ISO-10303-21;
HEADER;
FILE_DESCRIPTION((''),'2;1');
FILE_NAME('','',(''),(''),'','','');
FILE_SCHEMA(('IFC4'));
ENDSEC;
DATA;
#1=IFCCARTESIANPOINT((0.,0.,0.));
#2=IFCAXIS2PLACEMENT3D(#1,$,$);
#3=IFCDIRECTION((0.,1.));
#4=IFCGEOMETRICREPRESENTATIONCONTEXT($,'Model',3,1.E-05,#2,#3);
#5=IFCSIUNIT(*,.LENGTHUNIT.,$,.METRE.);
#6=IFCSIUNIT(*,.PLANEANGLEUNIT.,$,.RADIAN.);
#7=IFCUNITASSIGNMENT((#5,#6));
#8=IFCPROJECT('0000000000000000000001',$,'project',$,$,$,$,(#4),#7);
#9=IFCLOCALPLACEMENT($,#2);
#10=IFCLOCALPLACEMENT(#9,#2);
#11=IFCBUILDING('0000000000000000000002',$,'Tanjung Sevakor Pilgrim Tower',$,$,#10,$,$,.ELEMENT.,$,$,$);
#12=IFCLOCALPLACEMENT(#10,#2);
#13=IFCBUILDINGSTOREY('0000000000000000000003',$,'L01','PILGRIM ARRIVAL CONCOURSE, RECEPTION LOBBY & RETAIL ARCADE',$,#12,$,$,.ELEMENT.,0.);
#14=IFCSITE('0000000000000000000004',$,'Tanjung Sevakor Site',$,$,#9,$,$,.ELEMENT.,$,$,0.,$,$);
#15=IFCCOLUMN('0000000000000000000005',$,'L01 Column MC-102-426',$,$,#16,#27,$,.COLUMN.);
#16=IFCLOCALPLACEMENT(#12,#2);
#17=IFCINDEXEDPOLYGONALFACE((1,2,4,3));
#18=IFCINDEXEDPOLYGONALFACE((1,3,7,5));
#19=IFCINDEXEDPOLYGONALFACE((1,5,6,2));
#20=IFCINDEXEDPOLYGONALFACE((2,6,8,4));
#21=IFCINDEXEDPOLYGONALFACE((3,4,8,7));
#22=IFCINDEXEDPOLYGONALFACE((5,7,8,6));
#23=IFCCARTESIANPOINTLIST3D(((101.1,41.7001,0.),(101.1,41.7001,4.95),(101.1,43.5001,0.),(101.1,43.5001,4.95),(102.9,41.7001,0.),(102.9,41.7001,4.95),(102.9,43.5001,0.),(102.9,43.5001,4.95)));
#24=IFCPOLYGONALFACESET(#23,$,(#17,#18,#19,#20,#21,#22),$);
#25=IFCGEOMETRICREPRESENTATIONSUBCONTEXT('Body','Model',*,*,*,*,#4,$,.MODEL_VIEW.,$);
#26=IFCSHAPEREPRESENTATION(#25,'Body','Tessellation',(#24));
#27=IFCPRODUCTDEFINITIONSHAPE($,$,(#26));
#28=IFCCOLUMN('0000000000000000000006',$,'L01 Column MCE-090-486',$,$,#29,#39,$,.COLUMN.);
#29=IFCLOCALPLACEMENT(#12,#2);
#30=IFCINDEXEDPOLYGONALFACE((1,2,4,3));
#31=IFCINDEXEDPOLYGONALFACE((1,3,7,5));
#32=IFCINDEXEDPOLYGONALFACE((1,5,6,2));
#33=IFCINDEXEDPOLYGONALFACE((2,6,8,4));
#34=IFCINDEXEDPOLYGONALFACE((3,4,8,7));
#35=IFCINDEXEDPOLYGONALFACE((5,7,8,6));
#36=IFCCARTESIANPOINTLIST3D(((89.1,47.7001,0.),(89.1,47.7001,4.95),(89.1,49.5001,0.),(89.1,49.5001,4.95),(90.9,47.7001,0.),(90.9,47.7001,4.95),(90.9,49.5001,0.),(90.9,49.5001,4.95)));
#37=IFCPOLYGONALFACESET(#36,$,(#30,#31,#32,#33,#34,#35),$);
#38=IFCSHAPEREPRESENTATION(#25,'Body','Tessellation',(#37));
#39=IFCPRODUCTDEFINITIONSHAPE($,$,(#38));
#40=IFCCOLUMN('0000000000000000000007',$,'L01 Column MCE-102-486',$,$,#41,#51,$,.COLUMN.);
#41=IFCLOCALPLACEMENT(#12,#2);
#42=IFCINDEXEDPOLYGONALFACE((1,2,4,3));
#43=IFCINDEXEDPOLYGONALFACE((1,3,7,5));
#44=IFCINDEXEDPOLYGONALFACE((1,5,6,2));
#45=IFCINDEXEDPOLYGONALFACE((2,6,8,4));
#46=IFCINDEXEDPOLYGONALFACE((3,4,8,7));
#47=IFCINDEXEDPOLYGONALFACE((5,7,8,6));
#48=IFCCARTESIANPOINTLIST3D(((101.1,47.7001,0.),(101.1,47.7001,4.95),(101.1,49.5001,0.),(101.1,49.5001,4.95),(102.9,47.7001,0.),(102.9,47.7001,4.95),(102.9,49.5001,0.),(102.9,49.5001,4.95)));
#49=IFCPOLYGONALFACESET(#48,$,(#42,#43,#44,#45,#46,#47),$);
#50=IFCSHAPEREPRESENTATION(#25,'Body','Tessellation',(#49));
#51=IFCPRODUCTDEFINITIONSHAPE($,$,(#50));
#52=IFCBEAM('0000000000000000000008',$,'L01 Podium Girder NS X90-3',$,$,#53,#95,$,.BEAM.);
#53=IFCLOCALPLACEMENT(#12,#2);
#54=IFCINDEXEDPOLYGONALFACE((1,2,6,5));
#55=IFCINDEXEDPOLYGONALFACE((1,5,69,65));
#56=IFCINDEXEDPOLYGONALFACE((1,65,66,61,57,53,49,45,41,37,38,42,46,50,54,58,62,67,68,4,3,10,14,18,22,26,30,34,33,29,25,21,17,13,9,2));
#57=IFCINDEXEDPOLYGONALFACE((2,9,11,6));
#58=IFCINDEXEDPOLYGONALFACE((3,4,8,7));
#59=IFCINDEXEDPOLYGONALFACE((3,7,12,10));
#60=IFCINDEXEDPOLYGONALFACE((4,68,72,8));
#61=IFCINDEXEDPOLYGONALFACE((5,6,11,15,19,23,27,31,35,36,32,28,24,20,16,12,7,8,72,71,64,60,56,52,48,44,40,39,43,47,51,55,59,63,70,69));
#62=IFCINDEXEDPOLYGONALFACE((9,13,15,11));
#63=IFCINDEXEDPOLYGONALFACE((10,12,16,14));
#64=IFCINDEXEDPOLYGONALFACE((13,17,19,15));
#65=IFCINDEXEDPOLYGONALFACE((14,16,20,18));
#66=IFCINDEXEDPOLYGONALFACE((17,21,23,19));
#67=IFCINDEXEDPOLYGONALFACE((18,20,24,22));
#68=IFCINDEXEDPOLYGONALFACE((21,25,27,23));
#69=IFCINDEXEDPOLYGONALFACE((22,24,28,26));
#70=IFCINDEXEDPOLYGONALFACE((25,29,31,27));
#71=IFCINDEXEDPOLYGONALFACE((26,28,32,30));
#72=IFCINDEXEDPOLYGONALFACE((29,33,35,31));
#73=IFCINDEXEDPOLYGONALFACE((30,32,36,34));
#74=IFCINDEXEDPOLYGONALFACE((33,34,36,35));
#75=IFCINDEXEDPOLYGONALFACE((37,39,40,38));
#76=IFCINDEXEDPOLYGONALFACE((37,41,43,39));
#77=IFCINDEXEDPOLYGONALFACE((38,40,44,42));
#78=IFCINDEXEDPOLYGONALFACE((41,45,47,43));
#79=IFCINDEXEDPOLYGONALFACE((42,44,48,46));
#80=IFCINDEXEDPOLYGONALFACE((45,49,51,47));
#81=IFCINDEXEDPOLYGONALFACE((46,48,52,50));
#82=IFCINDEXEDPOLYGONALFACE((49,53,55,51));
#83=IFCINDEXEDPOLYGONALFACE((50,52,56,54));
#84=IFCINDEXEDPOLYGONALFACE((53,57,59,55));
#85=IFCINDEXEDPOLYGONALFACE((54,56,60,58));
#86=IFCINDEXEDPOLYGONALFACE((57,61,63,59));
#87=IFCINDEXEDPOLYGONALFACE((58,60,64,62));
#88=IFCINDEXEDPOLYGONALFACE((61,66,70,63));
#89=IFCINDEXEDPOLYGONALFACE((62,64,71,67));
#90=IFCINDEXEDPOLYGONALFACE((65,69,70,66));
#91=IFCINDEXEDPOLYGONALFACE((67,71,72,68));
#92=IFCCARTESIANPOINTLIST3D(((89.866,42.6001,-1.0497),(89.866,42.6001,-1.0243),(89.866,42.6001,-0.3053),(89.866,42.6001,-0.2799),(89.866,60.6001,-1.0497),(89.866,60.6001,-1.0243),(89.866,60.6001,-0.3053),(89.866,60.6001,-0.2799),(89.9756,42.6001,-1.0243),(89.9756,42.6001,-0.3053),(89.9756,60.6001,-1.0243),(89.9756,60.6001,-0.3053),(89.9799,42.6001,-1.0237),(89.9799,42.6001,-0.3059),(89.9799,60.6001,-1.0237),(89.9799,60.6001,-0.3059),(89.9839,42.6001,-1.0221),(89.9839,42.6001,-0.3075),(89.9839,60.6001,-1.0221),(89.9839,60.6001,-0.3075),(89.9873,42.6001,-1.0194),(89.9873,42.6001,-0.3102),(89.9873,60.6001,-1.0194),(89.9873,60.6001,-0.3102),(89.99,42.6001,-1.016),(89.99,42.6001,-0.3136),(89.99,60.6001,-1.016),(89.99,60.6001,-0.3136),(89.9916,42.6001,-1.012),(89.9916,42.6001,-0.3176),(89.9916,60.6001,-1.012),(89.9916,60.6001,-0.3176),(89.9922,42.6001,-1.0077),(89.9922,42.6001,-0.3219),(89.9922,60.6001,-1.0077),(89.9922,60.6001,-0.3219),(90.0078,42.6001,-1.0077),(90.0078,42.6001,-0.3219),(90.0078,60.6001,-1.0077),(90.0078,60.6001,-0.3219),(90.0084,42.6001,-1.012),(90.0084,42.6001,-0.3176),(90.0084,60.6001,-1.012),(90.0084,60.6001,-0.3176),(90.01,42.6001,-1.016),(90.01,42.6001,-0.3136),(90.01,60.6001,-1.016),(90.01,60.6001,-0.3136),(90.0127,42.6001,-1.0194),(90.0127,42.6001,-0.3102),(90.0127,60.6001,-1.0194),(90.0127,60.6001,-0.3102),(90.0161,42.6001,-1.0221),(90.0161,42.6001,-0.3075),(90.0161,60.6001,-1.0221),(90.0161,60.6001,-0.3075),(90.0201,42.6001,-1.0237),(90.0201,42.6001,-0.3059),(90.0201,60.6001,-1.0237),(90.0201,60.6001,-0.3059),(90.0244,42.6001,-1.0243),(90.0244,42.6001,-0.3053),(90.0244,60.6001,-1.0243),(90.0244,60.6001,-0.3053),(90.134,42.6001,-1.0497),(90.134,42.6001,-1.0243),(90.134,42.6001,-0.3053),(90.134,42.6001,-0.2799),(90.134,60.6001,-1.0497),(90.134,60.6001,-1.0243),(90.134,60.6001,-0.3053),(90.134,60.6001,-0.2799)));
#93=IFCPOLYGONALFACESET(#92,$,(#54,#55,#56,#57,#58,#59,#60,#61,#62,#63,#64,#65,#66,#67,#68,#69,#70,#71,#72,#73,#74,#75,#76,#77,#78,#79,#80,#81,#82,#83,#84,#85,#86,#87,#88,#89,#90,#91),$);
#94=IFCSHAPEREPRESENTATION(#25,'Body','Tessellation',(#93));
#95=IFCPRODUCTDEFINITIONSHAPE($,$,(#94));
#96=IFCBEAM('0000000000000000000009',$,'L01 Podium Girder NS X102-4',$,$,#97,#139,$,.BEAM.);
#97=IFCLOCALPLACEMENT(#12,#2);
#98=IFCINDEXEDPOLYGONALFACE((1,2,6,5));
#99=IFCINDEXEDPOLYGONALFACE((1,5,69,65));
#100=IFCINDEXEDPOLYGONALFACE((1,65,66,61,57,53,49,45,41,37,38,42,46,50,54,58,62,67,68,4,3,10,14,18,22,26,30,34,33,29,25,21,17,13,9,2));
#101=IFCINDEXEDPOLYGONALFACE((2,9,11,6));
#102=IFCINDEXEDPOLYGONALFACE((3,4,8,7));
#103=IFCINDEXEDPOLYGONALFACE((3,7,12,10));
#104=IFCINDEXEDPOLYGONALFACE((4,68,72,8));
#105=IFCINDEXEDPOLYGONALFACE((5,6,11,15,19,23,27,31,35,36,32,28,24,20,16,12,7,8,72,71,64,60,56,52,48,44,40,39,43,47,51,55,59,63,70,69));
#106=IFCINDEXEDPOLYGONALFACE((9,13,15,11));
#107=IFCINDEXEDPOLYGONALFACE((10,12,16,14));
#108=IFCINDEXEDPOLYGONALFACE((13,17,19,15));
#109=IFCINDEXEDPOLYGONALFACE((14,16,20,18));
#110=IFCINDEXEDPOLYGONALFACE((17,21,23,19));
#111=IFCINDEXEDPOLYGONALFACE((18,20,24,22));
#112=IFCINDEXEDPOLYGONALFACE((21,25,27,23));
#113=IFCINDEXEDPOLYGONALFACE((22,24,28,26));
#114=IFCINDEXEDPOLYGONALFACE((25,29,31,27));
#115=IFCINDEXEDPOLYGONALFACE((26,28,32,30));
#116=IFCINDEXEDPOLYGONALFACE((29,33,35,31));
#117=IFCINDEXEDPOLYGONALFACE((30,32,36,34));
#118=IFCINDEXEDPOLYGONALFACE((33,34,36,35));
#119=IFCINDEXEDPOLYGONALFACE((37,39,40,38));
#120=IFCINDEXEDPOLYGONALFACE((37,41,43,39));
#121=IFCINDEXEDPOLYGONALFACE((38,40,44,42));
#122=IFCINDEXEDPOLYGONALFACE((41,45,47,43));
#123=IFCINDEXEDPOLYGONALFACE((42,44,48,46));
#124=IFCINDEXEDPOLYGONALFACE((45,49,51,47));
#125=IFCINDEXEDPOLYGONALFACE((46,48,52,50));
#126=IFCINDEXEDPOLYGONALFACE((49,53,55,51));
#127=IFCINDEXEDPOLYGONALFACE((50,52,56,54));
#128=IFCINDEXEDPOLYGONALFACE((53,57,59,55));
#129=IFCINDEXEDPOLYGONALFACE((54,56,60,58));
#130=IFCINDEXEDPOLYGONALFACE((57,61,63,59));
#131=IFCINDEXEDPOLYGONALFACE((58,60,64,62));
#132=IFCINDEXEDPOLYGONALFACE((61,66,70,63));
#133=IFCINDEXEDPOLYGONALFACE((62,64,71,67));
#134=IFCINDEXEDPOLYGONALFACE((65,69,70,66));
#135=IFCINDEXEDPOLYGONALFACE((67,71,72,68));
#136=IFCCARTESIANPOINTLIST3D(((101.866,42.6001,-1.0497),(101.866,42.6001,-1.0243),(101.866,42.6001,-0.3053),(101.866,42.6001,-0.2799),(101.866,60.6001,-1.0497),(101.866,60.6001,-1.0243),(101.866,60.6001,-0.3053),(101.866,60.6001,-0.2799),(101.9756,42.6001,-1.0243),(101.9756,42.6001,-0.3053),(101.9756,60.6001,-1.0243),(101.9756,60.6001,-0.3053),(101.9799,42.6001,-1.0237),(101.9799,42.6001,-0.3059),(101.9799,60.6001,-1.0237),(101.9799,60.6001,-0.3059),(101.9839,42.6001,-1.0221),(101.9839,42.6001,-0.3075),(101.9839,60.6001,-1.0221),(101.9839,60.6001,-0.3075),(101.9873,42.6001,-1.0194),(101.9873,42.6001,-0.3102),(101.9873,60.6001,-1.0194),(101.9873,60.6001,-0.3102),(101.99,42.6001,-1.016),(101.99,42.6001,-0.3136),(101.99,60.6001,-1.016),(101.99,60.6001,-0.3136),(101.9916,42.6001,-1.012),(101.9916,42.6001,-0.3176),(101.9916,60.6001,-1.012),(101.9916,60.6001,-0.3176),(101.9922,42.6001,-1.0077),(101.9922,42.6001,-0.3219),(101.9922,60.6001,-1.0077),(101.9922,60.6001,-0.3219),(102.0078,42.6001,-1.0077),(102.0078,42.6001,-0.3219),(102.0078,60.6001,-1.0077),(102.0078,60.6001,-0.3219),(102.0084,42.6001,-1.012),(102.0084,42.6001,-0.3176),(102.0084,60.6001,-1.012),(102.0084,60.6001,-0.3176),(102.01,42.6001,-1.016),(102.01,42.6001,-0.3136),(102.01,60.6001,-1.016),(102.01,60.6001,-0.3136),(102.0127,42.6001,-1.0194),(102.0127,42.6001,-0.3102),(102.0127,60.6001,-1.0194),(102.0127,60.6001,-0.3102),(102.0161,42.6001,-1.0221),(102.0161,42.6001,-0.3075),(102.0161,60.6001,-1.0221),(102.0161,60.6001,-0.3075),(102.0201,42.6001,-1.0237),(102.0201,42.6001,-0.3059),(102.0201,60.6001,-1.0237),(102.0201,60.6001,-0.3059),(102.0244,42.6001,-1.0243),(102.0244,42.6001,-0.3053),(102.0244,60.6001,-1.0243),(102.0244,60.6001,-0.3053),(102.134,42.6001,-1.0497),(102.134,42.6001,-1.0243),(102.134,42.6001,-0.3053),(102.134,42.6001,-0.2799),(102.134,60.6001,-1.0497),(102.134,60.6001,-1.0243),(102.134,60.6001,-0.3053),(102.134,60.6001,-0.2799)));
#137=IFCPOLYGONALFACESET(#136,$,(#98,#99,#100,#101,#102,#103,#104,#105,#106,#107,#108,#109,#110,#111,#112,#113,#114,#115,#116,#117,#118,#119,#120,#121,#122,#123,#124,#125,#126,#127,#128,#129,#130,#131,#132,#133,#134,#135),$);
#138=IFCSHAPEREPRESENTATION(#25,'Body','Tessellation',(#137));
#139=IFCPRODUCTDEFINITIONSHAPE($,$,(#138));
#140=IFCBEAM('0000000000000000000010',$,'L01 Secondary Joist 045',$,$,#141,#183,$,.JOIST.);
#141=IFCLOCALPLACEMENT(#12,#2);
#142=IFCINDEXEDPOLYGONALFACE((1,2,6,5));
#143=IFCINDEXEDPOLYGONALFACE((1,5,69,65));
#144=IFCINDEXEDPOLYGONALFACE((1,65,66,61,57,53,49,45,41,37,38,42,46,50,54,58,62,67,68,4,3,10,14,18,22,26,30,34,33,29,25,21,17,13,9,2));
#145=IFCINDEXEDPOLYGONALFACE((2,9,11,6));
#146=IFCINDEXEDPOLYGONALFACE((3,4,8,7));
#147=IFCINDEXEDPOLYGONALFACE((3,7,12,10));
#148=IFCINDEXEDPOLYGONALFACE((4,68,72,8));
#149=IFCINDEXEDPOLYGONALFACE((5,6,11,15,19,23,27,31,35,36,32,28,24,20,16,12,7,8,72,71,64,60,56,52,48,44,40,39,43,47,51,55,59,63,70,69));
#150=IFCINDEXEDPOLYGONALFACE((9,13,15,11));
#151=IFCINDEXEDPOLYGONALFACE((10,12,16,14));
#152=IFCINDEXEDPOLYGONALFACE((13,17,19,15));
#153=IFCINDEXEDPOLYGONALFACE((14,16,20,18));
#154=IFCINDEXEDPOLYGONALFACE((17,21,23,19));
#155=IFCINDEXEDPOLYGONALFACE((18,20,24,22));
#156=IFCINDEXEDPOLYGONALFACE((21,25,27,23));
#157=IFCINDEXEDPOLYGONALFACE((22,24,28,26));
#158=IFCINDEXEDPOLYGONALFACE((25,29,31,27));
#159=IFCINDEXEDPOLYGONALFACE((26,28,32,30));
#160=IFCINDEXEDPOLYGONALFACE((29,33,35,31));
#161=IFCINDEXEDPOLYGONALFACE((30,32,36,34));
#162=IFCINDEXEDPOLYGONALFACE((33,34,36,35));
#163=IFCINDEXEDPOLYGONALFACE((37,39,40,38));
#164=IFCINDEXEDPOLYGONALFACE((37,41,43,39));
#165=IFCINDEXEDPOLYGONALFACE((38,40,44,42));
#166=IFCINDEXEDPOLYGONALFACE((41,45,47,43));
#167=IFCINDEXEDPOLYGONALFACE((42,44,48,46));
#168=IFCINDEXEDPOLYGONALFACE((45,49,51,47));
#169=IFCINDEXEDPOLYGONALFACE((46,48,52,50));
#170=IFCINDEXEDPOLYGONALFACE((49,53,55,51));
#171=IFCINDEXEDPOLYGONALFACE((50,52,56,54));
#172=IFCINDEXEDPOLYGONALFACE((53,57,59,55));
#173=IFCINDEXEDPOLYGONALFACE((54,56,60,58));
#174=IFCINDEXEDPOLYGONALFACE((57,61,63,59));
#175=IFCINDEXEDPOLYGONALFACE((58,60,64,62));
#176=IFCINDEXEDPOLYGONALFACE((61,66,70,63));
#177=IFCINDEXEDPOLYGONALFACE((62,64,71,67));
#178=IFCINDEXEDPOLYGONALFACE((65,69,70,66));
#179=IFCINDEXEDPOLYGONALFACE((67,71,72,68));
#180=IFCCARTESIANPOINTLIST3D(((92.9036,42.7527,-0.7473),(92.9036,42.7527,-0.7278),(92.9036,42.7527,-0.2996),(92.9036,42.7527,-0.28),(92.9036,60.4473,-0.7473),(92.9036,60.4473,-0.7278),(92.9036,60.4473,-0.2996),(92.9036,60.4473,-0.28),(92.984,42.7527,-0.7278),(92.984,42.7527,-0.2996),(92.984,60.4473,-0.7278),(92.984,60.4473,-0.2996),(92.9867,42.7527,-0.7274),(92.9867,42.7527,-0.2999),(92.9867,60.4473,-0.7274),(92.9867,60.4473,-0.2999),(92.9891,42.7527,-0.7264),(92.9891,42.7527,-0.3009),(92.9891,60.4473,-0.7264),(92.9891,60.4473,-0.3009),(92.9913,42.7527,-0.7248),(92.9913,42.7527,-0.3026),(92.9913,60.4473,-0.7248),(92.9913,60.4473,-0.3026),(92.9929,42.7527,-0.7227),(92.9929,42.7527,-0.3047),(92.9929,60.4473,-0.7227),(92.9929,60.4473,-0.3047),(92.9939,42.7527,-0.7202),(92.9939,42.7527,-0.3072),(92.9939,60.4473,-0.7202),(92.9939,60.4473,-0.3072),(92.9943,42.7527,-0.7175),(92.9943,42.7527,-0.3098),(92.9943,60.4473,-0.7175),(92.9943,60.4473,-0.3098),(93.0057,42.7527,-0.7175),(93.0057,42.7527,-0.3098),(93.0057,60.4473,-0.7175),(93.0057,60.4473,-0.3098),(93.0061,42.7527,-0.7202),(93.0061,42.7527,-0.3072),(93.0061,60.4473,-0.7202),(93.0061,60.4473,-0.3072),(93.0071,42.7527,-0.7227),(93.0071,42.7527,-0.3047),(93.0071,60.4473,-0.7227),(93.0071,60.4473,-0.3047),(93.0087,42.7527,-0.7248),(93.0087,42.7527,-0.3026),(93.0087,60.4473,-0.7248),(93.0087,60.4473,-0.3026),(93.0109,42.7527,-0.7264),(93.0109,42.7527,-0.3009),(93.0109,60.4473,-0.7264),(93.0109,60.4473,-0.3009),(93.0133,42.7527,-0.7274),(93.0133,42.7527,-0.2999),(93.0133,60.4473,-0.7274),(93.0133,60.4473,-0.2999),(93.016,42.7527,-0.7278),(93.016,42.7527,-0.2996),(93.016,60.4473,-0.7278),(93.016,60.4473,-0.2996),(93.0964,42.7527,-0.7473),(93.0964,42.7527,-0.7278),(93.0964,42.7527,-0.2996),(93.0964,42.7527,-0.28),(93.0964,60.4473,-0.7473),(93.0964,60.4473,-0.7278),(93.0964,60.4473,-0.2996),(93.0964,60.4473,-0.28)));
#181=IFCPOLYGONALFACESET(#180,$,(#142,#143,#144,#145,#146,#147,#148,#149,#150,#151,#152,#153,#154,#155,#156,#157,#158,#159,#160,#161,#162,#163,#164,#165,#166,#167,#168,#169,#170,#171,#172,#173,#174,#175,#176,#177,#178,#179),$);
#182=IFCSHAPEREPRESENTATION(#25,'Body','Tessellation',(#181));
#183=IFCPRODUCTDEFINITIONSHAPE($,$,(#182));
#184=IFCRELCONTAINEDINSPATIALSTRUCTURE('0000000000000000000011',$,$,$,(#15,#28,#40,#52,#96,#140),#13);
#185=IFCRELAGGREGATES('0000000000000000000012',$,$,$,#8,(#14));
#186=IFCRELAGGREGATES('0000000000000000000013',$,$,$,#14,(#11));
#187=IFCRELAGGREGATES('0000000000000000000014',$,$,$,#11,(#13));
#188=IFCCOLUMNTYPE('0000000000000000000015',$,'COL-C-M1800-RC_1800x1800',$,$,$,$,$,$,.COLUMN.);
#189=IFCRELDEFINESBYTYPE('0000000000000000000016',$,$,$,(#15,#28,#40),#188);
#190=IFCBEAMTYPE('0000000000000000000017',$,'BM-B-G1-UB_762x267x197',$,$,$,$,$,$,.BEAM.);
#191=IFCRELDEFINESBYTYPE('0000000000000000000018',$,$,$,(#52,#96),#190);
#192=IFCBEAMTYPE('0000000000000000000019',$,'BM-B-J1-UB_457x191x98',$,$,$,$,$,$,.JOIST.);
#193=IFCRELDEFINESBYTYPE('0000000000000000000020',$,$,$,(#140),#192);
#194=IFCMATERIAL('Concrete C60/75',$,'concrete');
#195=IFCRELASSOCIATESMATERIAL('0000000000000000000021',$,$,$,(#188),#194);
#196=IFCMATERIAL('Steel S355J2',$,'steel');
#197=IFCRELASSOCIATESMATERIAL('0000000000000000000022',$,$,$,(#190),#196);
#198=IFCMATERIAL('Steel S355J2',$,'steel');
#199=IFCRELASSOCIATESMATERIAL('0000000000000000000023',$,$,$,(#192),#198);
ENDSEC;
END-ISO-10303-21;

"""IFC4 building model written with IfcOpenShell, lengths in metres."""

from ifc_helpers import new_model, si_unit, direction, frame, origin, origin_2d, place, context, subcontext, project, spatial, rectangle, i_section, extrude, material, material_profile, profile_set, type_object, element, save


model = new_model("IFC4")

# Units and contexts
model_context = context("Model", 3, precision=1e-05, world=origin(), true_north=direction((0.0, 1.0)))
body_context = subcontext(model_context, "Body", "Model", "MODEL_VIEW")
ifc_project = project(units=[si_unit("LENGTHUNIT", "METRE"), si_unit("PLANEANGLEUNIT", "RADIAN")], contexts=[model_context])

# Site, building, storey
site_placement = place(None, origin())
site = spatial("IfcSite", under=ifc_project, at=site_placement, Name="Tanjung Sevakor Site", CompositionType="ELEMENT", RefElevation=0.0)
building_placement = place(site_placement, origin())
building = spatial("IfcBuilding", under=site, at=building_placement, Name="Tanjung Sevakor Pilgrim Tower", CompositionType="ELEMENT")
storey_placement = place(building_placement, origin())
storey = spatial("IfcBuildingStorey", under=building, at=storey_placement, Name="L01", Description="PILGRIM ARRIVAL CONCOURSE, RECEPTION LOBBY & RETAIL ARCADE", CompositionType="ELEMENT", Elevation=0.0)

# Columns
ifc_material_1 = material(Name="Concrete C60/75", Category="concrete")
ifc_material_profile_1 = material_profile(ifc_material_1, rectangle(XDim=1.8, YDim=1.8, at=origin_2d()))
ifc_profile_set_1 = profile_set([ifc_material_profile_1], Name="Concrete C60/75")
column_type = type_object("IfcColumnType", Name="COL-C-M1800-RC_1800x1800", PredefinedType="COLUMN", material=ifc_profile_set_1)
for number, where, z_axis, x_axis, name in (
    (1, (102.0, 42.6001, 0.0), (0.0, 0.0, 1.0), (1.0, 0.0, 0.0), "L01 Column MC-102-426"),
    (2, (90.0, 48.6001, 0.0), (0.0, 0.0, 1.0), (1.0, 0.0, 0.0), "L01 Column MCE-090-486"),
    (3, (102.0, 48.6001, 0.0), (0.0, 0.0, 1.0), (1.0, 0.0, 0.0), "L01 Column MCE-102-486"),
):
    element("IfcColumn", number, at=place(storey_placement, frame(where, z_axis=z_axis, x_axis=x_axis)), inside=storey, type_object=column_type, Name=name, PredefinedType="COLUMN", context=body_context, shape_type="SweptSolid", body=[
        extrude(rectangle(XDim=1.8, YDim=1.8, at=origin_2d()), origin(), (0.0, 0.0, 1.0), 4.95),
    ])

# Beams
ifc_material_2 = material(Name="Steel S355J2", Category="steel")
ifc_material_profile_2 = material_profile(ifc_material_2, i_section(OverallWidth=0.2681, OverallDepth=0.7698, WebThickness=0.0156, FlangeThickness=0.0254, FilletRadius=0.0166, at=origin_2d()))
ifc_profile_set_2 = profile_set([ifc_material_profile_2], Name="Steel S355J2")
beam_type_1 = type_object("IfcBeamType", Name="BM-B-G1-UB_762x267x197", PredefinedType="BEAM", material=ifc_profile_set_2)
for number, where, z_axis, x_axis, name in (
    (4, (90.0, 42.6001, -0.6648), (0.0, 1.0, 0.0), (-1.0, 0.0, 0.0), "L01 Podium Girder NS X90-3"),
    (5, (102.0, 42.6001, -0.6648), (0.0, 1.0, 0.0), (-1.0, 0.0, 0.0), "L01 Podium Girder NS X102-4"),
):
    element("IfcBeam", number, at=place(storey_placement, frame(where, z_axis=z_axis, x_axis=x_axis)), inside=storey, type_object=beam_type_1, Name=name, PredefinedType="BEAM", context=body_context, shape_type="SweptSolid", body=[
        extrude(i_section(OverallWidth=0.2681, OverallDepth=0.7698, WebThickness=0.0156, FlangeThickness=0.0254, FilletRadius=0.0166, at=origin_2d()), origin(), (0.0, 0.0, 1.0), 18.0),
    ])
ifc_material_3 = material(Name="Steel S355J2", Category="steel")
ifc_material_profile_3 = material_profile(ifc_material_3, i_section(OverallWidth=0.1929, OverallDepth=0.4673, WebThickness=0.0115, FlangeThickness=0.0195, FilletRadius=0.0103, at=origin_2d()))
ifc_profile_set_3 = profile_set([ifc_material_profile_3], Name="Steel S355J2")
beam_type_2 = type_object("IfcBeamType", Name="BM-B-J1-UB_457x191x98", PredefinedType="JOIST", material=ifc_profile_set_3)
for number, where, z_axis, x_axis, name in (
    (6, (93.0, 42.7527, -0.5137), (0.0, 1.0, 0.0), (-1.0, 0.0, 0.0), "L01 Secondary Joist 045"),
):
    element("IfcBeam", number, at=place(storey_placement, frame(where, z_axis=z_axis, x_axis=x_axis)), inside=storey, type_object=beam_type_2, Name=name, PredefinedType="JOIST", context=body_context, shape_type="SweptSolid", body=[
        extrude(i_section(OverallWidth=0.1929, OverallDepth=0.4673, WebThickness=0.0115, FlangeThickness=0.0195, FilletRadius=0.0103, at=origin_2d()), origin(), (0.0, 0.0, 1.0), 17.6946),
    ])

save(model, "model.ifc")
